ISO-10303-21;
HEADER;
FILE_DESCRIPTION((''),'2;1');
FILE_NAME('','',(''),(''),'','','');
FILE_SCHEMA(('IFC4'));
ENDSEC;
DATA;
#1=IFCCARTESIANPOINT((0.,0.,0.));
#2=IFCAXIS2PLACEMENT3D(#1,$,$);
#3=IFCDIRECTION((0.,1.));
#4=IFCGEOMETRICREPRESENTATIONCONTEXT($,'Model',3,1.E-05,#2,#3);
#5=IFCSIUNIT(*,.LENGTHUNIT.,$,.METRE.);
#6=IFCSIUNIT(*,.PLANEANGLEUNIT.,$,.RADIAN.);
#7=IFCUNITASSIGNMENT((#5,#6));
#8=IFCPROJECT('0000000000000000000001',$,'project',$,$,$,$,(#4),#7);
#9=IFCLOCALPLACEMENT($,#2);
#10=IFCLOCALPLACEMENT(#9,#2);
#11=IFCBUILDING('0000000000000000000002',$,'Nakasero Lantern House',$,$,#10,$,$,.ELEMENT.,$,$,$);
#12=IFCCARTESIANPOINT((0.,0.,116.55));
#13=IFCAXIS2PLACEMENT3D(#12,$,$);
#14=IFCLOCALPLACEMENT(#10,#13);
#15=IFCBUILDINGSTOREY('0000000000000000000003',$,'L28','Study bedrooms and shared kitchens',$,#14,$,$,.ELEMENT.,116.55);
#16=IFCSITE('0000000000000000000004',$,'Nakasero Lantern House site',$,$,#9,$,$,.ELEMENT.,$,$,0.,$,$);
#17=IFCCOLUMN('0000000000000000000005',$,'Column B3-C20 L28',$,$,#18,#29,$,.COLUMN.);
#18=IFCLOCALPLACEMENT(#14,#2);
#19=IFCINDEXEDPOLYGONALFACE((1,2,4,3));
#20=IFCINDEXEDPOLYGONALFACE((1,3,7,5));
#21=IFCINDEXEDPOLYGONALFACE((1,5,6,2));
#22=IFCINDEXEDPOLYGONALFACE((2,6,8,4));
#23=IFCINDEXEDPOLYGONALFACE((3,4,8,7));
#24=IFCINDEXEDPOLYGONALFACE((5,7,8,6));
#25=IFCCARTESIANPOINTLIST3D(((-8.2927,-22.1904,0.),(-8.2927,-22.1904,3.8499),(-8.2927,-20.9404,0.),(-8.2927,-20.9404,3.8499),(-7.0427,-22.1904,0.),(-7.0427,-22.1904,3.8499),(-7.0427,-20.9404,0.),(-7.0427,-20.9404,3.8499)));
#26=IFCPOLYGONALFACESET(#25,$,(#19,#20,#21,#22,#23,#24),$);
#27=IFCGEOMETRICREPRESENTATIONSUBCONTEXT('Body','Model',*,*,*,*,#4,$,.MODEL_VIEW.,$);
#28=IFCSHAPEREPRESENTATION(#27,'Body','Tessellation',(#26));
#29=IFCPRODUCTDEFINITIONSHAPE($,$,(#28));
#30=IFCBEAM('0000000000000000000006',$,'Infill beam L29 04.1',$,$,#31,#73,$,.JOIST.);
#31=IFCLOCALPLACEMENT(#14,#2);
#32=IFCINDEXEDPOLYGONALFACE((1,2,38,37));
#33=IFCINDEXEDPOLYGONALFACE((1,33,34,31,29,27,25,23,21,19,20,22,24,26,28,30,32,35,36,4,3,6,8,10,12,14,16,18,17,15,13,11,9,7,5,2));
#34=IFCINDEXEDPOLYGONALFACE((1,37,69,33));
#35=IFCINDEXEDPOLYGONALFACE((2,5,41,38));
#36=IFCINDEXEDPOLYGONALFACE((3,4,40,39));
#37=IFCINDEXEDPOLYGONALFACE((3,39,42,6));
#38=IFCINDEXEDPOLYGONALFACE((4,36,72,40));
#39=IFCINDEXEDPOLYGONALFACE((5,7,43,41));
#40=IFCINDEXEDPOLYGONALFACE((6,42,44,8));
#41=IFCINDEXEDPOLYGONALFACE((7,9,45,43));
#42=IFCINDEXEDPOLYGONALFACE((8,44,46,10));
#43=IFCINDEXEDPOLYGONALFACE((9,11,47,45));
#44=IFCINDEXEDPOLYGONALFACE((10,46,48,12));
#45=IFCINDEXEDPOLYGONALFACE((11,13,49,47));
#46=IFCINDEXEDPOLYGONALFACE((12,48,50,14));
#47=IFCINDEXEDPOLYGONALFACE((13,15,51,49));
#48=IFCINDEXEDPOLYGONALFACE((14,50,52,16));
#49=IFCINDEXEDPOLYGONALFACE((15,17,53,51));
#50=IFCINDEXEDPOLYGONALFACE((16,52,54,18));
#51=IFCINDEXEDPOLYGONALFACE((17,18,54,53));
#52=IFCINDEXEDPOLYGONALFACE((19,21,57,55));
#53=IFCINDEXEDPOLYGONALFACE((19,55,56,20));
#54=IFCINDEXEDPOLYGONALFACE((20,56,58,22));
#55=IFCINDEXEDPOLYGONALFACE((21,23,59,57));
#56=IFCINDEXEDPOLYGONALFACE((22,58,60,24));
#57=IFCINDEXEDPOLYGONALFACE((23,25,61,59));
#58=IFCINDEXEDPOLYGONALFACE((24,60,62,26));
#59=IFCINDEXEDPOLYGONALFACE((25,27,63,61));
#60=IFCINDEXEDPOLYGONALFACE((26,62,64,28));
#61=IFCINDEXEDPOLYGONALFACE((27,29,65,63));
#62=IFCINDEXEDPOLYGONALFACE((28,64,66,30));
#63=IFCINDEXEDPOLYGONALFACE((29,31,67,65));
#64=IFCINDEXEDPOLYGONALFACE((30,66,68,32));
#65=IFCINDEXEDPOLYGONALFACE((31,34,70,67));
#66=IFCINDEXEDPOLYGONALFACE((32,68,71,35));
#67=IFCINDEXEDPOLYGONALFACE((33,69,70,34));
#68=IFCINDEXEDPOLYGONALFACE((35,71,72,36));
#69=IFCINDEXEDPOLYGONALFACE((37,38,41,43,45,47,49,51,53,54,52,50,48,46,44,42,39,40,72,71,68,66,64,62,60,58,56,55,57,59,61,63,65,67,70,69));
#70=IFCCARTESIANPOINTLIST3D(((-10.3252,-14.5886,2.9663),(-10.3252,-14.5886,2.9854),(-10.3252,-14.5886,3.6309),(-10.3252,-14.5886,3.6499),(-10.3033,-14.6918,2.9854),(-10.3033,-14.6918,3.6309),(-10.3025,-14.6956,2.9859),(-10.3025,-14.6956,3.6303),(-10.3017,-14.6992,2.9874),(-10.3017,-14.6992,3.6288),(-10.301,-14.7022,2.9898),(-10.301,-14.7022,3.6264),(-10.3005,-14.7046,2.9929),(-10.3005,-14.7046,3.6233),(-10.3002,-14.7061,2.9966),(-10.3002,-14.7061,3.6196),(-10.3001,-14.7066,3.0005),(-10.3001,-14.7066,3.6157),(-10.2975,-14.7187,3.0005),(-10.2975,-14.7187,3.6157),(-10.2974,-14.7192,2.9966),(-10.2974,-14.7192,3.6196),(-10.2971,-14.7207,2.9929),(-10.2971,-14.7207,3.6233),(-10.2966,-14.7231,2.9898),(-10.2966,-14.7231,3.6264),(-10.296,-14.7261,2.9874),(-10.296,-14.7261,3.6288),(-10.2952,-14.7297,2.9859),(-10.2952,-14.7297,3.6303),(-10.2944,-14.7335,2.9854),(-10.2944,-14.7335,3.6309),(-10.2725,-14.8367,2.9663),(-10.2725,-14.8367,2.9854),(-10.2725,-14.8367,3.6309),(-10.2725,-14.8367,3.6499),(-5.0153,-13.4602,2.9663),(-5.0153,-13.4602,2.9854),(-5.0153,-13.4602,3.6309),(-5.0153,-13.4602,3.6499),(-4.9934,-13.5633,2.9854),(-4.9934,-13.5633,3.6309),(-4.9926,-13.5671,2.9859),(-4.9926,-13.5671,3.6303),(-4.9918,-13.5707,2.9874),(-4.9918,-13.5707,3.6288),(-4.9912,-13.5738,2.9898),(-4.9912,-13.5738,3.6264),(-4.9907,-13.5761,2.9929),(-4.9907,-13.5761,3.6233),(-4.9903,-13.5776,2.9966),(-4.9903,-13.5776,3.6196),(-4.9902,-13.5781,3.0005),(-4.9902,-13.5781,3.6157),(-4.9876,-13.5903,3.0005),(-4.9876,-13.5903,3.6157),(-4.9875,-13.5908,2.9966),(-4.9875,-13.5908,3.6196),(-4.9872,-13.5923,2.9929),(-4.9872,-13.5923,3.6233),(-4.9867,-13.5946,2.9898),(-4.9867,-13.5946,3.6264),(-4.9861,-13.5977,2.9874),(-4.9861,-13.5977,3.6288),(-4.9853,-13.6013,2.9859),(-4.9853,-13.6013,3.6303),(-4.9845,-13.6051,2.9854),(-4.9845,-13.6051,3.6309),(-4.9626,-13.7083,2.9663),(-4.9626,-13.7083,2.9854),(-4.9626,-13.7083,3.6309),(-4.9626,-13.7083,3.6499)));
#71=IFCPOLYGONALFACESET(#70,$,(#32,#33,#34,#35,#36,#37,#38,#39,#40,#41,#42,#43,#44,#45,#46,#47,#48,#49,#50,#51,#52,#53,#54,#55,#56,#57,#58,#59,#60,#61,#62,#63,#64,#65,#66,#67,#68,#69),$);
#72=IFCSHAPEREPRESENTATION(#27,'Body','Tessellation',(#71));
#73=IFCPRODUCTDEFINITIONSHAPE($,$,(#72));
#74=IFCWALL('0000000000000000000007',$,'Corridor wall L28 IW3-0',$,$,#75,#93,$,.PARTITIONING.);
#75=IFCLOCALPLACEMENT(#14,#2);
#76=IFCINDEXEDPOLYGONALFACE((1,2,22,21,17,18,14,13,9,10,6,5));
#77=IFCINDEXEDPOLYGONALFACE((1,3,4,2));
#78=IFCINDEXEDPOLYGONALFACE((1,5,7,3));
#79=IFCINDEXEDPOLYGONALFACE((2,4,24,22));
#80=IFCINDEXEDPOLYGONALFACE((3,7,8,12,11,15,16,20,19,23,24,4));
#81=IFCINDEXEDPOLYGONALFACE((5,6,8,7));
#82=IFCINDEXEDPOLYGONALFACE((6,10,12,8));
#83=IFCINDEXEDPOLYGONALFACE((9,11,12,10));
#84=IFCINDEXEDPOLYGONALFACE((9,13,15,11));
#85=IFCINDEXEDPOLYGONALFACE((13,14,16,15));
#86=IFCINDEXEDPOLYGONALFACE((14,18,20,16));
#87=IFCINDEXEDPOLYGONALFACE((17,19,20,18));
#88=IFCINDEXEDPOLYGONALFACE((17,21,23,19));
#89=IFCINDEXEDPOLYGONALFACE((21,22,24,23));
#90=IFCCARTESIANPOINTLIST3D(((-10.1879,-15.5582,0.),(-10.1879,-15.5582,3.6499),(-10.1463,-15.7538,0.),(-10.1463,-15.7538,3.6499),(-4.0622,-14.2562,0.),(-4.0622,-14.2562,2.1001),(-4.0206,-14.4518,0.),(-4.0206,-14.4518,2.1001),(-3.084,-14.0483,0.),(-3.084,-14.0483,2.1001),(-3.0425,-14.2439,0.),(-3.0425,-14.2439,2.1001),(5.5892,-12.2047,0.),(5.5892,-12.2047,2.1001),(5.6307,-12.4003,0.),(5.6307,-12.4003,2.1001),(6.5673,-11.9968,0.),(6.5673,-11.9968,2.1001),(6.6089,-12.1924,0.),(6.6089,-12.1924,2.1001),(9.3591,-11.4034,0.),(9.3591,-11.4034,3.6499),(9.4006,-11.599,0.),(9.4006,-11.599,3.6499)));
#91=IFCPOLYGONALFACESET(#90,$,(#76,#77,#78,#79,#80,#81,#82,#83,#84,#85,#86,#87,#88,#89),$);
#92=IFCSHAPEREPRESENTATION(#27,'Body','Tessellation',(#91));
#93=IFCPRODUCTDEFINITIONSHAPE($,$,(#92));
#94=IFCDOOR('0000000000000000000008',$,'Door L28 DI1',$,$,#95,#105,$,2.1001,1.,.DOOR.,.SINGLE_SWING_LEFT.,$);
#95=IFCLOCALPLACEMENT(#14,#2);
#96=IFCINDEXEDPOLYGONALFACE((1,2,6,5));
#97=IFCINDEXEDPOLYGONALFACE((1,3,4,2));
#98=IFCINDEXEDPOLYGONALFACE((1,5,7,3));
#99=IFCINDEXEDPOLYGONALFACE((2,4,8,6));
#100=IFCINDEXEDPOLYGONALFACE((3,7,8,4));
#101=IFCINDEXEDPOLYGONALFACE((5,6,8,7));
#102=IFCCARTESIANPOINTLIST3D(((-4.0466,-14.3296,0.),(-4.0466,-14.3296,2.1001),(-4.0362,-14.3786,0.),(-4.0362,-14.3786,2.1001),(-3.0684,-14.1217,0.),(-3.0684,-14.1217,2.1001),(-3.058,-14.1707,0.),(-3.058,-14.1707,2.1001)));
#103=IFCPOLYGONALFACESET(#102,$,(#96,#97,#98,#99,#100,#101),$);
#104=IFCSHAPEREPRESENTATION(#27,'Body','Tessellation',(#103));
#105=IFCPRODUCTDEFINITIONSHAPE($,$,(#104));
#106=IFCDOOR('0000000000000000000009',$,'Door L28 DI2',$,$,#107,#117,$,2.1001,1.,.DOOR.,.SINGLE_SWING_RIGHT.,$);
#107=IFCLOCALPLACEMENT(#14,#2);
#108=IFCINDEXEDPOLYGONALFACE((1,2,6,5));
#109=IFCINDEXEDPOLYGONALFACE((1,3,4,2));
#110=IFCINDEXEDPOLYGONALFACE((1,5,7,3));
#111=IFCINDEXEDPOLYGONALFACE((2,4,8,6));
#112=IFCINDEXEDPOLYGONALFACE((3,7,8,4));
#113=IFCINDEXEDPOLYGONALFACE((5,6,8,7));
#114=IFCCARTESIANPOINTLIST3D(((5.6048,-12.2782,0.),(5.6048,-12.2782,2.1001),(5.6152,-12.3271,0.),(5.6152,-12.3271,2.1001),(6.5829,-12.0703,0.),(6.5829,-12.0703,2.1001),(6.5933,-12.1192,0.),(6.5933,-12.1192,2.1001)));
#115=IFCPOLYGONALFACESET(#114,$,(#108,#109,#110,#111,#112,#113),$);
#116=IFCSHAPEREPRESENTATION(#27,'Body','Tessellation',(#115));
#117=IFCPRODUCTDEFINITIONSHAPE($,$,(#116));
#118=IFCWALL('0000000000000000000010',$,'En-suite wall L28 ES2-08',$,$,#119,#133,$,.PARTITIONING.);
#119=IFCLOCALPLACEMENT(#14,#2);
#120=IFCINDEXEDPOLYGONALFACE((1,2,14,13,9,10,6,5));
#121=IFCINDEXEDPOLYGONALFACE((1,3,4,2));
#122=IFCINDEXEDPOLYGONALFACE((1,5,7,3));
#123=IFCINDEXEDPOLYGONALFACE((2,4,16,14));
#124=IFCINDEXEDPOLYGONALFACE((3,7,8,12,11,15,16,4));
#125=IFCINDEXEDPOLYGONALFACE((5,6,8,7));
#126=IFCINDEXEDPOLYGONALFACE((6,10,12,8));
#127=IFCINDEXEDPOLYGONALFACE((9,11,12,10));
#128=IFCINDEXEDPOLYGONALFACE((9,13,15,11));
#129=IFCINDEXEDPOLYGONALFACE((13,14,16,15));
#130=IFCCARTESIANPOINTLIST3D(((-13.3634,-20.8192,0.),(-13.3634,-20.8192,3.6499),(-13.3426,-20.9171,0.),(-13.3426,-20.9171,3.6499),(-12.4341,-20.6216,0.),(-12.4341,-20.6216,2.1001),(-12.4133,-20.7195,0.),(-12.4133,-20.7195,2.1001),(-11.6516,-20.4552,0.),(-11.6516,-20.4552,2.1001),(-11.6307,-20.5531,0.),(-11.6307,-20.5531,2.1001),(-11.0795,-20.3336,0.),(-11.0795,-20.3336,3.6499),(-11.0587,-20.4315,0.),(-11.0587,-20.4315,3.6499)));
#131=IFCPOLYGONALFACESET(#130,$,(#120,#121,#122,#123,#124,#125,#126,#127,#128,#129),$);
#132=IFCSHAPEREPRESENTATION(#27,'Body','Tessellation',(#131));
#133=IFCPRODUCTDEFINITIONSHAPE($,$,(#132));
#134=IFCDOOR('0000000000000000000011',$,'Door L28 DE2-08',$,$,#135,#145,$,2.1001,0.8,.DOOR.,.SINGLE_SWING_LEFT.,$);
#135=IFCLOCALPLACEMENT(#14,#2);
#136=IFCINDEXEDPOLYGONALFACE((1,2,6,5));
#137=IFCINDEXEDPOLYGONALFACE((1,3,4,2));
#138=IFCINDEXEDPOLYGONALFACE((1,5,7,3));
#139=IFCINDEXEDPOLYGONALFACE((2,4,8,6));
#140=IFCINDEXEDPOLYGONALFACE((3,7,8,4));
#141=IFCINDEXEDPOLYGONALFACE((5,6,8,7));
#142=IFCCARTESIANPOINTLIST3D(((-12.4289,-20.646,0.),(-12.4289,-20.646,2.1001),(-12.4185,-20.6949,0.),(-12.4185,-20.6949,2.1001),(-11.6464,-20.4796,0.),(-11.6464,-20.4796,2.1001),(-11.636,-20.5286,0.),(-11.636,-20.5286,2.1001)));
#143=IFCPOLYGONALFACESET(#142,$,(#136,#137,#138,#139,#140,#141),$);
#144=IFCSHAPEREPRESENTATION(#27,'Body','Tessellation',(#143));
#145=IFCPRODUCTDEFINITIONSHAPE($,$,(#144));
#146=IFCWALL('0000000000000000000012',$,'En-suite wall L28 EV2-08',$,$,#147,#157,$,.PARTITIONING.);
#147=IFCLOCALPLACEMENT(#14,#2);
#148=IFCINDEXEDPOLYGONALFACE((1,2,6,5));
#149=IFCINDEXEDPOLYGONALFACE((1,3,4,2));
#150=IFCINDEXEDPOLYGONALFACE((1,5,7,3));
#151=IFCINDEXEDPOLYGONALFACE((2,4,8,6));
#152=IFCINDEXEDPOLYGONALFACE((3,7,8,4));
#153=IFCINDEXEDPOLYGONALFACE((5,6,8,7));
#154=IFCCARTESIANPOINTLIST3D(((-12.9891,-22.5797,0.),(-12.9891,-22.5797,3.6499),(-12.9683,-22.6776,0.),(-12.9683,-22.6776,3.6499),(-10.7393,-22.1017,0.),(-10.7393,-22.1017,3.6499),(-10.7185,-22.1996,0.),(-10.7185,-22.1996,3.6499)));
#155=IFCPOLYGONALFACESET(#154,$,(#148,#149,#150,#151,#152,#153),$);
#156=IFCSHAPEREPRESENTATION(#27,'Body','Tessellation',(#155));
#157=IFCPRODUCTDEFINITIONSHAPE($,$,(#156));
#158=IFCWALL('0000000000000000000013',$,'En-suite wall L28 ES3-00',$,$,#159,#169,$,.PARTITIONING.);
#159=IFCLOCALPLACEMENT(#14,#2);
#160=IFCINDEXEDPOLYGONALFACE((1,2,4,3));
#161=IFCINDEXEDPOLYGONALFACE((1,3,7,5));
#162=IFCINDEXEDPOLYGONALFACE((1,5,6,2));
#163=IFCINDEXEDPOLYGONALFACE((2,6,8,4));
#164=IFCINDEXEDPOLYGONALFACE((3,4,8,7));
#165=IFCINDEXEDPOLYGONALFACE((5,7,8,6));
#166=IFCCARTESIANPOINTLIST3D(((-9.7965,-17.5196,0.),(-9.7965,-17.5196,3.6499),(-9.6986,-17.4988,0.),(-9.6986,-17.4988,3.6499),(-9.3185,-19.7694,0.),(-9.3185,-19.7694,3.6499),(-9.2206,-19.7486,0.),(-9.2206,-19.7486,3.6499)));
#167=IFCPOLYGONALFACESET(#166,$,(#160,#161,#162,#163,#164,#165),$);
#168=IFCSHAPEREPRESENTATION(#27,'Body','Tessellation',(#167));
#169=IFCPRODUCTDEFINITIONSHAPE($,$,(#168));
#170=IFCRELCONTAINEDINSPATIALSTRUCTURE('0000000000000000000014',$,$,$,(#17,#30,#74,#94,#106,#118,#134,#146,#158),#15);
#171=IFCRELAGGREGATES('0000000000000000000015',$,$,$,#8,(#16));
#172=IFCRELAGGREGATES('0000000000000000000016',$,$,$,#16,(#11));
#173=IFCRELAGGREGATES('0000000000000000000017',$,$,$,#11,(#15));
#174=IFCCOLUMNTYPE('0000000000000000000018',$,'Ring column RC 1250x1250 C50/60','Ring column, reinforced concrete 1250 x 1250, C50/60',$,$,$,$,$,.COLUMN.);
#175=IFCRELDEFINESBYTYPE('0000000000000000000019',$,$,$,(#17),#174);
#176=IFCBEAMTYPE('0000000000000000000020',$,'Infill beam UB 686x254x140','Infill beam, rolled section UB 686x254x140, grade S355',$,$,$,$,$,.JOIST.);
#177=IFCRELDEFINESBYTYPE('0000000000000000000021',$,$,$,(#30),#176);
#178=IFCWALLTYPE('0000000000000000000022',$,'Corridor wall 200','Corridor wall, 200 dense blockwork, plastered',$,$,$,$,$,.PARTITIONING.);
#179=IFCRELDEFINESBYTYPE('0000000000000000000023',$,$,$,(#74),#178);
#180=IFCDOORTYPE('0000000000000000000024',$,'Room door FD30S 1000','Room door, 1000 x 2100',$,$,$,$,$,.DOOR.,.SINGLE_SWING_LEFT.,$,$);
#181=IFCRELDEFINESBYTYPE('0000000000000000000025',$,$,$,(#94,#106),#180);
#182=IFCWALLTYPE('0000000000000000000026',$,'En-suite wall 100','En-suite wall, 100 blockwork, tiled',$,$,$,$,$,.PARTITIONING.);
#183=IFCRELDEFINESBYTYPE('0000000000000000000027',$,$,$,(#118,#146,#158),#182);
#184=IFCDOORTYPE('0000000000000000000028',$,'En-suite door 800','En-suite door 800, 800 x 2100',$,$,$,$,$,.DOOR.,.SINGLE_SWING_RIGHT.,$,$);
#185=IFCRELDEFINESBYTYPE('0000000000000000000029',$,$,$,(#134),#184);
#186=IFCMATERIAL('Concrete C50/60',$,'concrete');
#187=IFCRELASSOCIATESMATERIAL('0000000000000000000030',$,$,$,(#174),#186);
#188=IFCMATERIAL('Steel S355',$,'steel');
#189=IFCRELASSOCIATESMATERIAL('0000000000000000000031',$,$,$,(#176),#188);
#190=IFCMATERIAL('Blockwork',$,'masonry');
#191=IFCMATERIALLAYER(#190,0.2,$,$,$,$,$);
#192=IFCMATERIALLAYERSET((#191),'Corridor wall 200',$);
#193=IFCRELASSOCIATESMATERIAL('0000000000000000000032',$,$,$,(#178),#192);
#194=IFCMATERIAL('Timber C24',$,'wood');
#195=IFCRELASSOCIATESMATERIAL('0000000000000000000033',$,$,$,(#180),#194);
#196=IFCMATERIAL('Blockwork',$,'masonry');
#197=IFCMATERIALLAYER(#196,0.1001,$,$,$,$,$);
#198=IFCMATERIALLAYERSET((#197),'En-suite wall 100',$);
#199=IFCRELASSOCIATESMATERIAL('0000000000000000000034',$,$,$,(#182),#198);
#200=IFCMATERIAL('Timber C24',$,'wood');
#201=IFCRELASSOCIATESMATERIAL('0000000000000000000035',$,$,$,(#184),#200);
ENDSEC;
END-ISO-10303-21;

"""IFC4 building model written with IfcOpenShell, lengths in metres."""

from ifc_helpers import new_model, si_unit, direction, frame, frame_2d, origin, origin_2d, place, context, subcontext, project, spatial, rectangle, i_section, extrude, material, layer, layer_set, material_profile, profile_set, type_object, element, fill, save


model = new_model("IFC4")

# Units and contexts
model_context = context("Model", 3, precision=1e-05, world=origin(), true_north=direction((0.0, 1.0)))
body_context = subcontext(model_context, "Body", "Model", "MODEL_VIEW")
ifc_project = project(units=[si_unit("LENGTHUNIT", "METRE"), si_unit("PLANEANGLEUNIT", "RADIAN")], contexts=[model_context])

# Site, building, storey
site_placement = place(None, origin())
site = spatial("IfcSite", under=ifc_project, at=site_placement, Name="Nakasero Lantern House site", CompositionType="ELEMENT", RefElevation=0.0)
building_placement = place(site_placement, origin())
building = spatial("IfcBuilding", under=site, at=building_placement, Name="Nakasero Lantern House", CompositionType="ELEMENT")
storey_placement = place(building_placement, frame((0.0, 0.0, 116.55)))
storey = spatial("IfcBuildingStorey", under=building, at=storey_placement, Name="L28", Description="Study bedrooms and shared kitchens", CompositionType="ELEMENT", Elevation=116.55)

# Column
ifc_material_1 = material(Name="Concrete C50/60", Category="concrete")
ifc_material_profile_1 = material_profile(ifc_material_1, rectangle(XDim=1.25, YDim=1.25, at=origin_2d()), Name="RC 1250x1250")
ifc_profile_set_1 = profile_set([ifc_material_profile_1], Name="Concrete C50/60")
column_type = type_object("IfcColumnType", Name="Ring column RC 1250x1250 C50/60", Description="Ring column, reinforced concrete 1250 x 1250, C50/60", PredefinedType="COLUMN", material=ifc_profile_set_1)
column_placement = place(storey_placement, frame((-7.6677, -21.5654, 0.0), z_axis=(0.0, 0.0, 1.0), x_axis=(1.0, 0.0, 0.0)))
element("IfcColumn", 1, at=column_placement, inside=storey, type_object=column_type, Name="Column B3-C20 L28", PredefinedType="COLUMN", context=body_context, shape_type="SweptSolid", body=[
    extrude(rectangle(XDim=1.25, YDim=1.25, at=origin_2d()), origin(), (0.0, 0.0, 1.0), 3.8499),
])

# Beam
ifc_material_2 = material(Name="Steel S355", Category="steel")
ifc_material_profile_2 = material_profile(ifc_material_2, i_section(OverallWidth=0.2537, OverallDepth=0.6836, WebThickness=0.0125, FlangeThickness=0.019, FilletRadius=0.0151, at=origin_2d()), Name="UB 686x254x140")
ifc_profile_set_2 = profile_set([ifc_material_profile_2], Name="Steel S355")
beam_type = type_object("IfcBeamType", Name="Infill beam UB 686x254x140", Description="Infill beam, rolled section UB 686x254x140, grade S355", PredefinedType="JOIST", material=ifc_profile_set_2)
beam_placement = place(storey_placement, frame((-10.2988, -14.7126, 3.3081), z_axis=(0.978156, 0.207873, 0.0), x_axis=(-0.207873, 0.978156, 0.0)))
element("IfcBeam", 2, at=beam_placement, inside=storey, type_object=beam_type, Name="Infill beam L29 04.1", PredefinedType="JOIST", context=body_context, shape_type="SweptSolid", body=[
    extrude(i_section(OverallWidth=0.2537, OverallDepth=0.6836, WebThickness=0.0125, FlangeThickness=0.019, FilletRadius=0.0151, at=origin_2d()), origin(), (0.0, 0.0, 1.0), 5.4285),
])

# Wall, openings, doors
ifc_material_3 = material(Name="Blockwork", Category="masonry")
ifc_layer_1 = layer(ifc_material_3, 0.2)
ifc_layer_set_1 = layer_set([ifc_layer_1], Name="Corridor wall 200")
wall_type_1 = type_object("IfcWallType", Name="Corridor wall 200", Description="Corridor wall, 200 dense blockwork, plastered", PredefinedType="PARTITIONING", material=ifc_layer_set_1)
wall_1_placement = place(storey_placement, frame((-10.167, -15.656, 0.0), z_axis=(0.0, 0.0, 1.0), x_axis=(0.978148, 0.20791, 0.0)))
wall_1 = element("IfcWall", 3, at=wall_1_placement, inside=storey, type_object=wall_type_1, Name="Corridor wall L28 IW3-0", PredefinedType="PARTITIONING", context=body_context, shape_type="SweptSolid", body=[
    extrude(rectangle(XDim=19.9836, YDim=0.2, at=frame_2d((9.9917, 0.0))), origin(), (0.0, 0.0, 1.0), 3.6499),
])
opening_1_placement = place(wall_1_placement, frame((6.2625, 0.0, 0.0)))
opening_1 = element("IfcOpeningElement", 4, at=opening_1_placement, cuts=wall_1, PredefinedType="OPENING", context=body_context, shape_type="SweptSolid", body=[
    extrude(rectangle(XDim=1.0, YDim=2.1001, at=frame_2d((0.5, 1.05))), frame((0.0, 0.1199, 0.0), z_axis=(0.0, -1.0, 0.0), x_axis=(1.0, 0.0, 0.0)), (0.0, 0.0, 1.0), 0.24),
])
opening_2_placement = place(wall_1_placement, frame((16.1294, 0.0, 0.0)))
opening_2 = element("IfcOpeningElement", 5, at=opening_2_placement, cuts=wall_1, PredefinedType="OPENING", context=body_context, shape_type="SweptSolid", body=[
    extrude(rectangle(XDim=1.0, YDim=2.1001, at=frame_2d((0.5, 1.05))), frame((0.0, 0.1199, 0.0), z_axis=(0.0, -1.0, 0.0), x_axis=(1.0, 0.0, 0.0)), (0.0, 0.0, 1.0), 0.24),
])
ifc_material_4 = material(Name="Timber C24", Category="wood")
door_type_1 = type_object("IfcDoorType", Name="Room door FD30S 1000", Description="Room door, 1000 x 2100", OperationType="SINGLE_SWING_LEFT", PredefinedType="DOOR", material=ifc_material_4)
door_1_placement = place(opening_1_placement, origin())
door_1 = element("IfcDoor", 6, at=door_1_placement, inside=storey, type_object=door_type_1, Name="Door L28 DI1", OperationType="SINGLE_SWING_LEFT", OverallHeight=2.1001, OverallWidth=1.0, PredefinedType="DOOR", context=body_context, shape_type="SweptSolid", body=[
    extrude(rectangle(XDim=1.0, YDim=2.1001, at=frame_2d((0.5, 1.05))), frame((0.0, 0.0249, 0.0), z_axis=(0.0, -1.0, 0.0), x_axis=(1.0, 0.0, 0.0)), (0.0, 0.0, 1.0), 0.05),
])
fill(opening_1, door_1)
door_2_placement = place(opening_2_placement, origin())
door_2 = element("IfcDoor", 7, at=door_2_placement, inside=storey, type_object=door_type_1, Name="Door L28 DI2", OperationType="SINGLE_SWING_RIGHT", OverallHeight=2.1001, OverallWidth=1.0, PredefinedType="DOOR", context=body_context, shape_type="SweptSolid", body=[
    extrude(rectangle(XDim=1.0, YDim=2.1001, at=frame_2d((0.5, 1.05))), frame((0.0, 0.0249, 0.0), z_axis=(0.0, -1.0, 0.0), x_axis=(1.0, 0.0, 0.0)), (0.0, 0.0, 1.0), 0.05),
])
fill(opening_2, door_2)

# Wall, opening, door
ifc_material_5 = material(Name="Blockwork", Category="masonry")
ifc_layer_2 = layer(ifc_material_5, 0.1001)
ifc_layer_set_2 = layer_set([ifc_layer_2], Name="En-suite wall 100")
wall_type_2 = type_object("IfcWallType", Name="En-suite wall 100", Description="En-suite wall, 100 blockwork, tiled", PredefinedType="PARTITIONING", material=ifc_layer_set_2)
wall_2_placement = place(storey_placement, frame((-11.0691, -20.3826, 0.0), z_axis=(0.0, 0.0, 1.0), x_axis=(-0.978136, -0.207965, 0.0)))
wall_2 = element("IfcWall", 8, at=wall_2_placement, inside=storey, type_object=wall_type_2, Name="En-suite wall L28 ES2-08", PredefinedType="PARTITIONING", context=body_context, shape_type="SweptSolid", body=[
    extrude(rectangle(XDim=2.335, YDim=0.1001, at=frame_2d((1.1675, 0.0))), origin(), (0.0, 0.0, 1.0), 3.6499),
])
opening_3_placement = place(wall_2_placement, frame((0.585, 0.0, 0.0)))
opening_3 = element("IfcOpeningElement", 9, at=opening_3_placement, cuts=wall_2, PredefinedType="OPENING", context=body_context, shape_type="SweptSolid", body=[
    extrude(rectangle(XDim=0.8, YDim=2.1001, at=frame_2d((0.3999, 1.05))), frame((0.0, 0.0701, 0.0), z_axis=(0.0, -1.0, 0.0), x_axis=(1.0, 0.0, 0.0)), (0.0, 0.0, 1.0), 0.1401),
])
ifc_material_6 = material(Name="Timber C24", Category="wood")
door_type_2 = type_object("IfcDoorType", Name="En-suite door 800", Description="En-suite door 800, 800 x 2100", OperationType="SINGLE_SWING_RIGHT", PredefinedType="DOOR", material=ifc_material_6)
door_3_placement = place(opening_3_placement, origin())
door_3 = element("IfcDoor", 10, at=door_3_placement, inside=storey, type_object=door_type_2, Name="Door L28 DE2-08", OperationType="SINGLE_SWING_LEFT", OverallHeight=2.1001, OverallWidth=0.8, PredefinedType="DOOR", context=body_context, shape_type="SweptSolid", body=[
    extrude(rectangle(XDim=0.8, YDim=2.1001, at=frame_2d((0.3999, 1.05))), frame((0.0, 0.0249, 0.0), z_axis=(0.0, -1.0, 0.0), x_axis=(1.0, 0.0, 0.0)), (0.0, 0.0, 1.0), 0.05),
])
fill(opening_3, door_3)

# Walls
for number, where, z_axis, x_axis, name in (
    (11, (-10.729, -22.1506, 0.0), (0.0, 0.0, 1.0), (-0.978163, -0.20784, 0.0), "En-suite wall L28 EV2-08"),
    (12, (-9.7476, -17.5093, 0.0), (0.0, 0.0, 1.0), (0.20784, -0.978163, 0.0), "En-suite wall L28 ES3-00"),
):
    element("IfcWall", number, at=place(storey_placement, frame(where, z_axis=z_axis, x_axis=x_axis)), inside=storey, type_object=wall_type_2, Name=name, PredefinedType="PARTITIONING", context=body_context, shape_type="SweptSolid", body=[
        extrude(rectangle(XDim=2.3, YDim=0.1001, at=frame_2d((1.1499, 0.0))), origin(), (0.0, 0.0, 1.0), 3.6499),
    ])

save(model, "model.ifc")
